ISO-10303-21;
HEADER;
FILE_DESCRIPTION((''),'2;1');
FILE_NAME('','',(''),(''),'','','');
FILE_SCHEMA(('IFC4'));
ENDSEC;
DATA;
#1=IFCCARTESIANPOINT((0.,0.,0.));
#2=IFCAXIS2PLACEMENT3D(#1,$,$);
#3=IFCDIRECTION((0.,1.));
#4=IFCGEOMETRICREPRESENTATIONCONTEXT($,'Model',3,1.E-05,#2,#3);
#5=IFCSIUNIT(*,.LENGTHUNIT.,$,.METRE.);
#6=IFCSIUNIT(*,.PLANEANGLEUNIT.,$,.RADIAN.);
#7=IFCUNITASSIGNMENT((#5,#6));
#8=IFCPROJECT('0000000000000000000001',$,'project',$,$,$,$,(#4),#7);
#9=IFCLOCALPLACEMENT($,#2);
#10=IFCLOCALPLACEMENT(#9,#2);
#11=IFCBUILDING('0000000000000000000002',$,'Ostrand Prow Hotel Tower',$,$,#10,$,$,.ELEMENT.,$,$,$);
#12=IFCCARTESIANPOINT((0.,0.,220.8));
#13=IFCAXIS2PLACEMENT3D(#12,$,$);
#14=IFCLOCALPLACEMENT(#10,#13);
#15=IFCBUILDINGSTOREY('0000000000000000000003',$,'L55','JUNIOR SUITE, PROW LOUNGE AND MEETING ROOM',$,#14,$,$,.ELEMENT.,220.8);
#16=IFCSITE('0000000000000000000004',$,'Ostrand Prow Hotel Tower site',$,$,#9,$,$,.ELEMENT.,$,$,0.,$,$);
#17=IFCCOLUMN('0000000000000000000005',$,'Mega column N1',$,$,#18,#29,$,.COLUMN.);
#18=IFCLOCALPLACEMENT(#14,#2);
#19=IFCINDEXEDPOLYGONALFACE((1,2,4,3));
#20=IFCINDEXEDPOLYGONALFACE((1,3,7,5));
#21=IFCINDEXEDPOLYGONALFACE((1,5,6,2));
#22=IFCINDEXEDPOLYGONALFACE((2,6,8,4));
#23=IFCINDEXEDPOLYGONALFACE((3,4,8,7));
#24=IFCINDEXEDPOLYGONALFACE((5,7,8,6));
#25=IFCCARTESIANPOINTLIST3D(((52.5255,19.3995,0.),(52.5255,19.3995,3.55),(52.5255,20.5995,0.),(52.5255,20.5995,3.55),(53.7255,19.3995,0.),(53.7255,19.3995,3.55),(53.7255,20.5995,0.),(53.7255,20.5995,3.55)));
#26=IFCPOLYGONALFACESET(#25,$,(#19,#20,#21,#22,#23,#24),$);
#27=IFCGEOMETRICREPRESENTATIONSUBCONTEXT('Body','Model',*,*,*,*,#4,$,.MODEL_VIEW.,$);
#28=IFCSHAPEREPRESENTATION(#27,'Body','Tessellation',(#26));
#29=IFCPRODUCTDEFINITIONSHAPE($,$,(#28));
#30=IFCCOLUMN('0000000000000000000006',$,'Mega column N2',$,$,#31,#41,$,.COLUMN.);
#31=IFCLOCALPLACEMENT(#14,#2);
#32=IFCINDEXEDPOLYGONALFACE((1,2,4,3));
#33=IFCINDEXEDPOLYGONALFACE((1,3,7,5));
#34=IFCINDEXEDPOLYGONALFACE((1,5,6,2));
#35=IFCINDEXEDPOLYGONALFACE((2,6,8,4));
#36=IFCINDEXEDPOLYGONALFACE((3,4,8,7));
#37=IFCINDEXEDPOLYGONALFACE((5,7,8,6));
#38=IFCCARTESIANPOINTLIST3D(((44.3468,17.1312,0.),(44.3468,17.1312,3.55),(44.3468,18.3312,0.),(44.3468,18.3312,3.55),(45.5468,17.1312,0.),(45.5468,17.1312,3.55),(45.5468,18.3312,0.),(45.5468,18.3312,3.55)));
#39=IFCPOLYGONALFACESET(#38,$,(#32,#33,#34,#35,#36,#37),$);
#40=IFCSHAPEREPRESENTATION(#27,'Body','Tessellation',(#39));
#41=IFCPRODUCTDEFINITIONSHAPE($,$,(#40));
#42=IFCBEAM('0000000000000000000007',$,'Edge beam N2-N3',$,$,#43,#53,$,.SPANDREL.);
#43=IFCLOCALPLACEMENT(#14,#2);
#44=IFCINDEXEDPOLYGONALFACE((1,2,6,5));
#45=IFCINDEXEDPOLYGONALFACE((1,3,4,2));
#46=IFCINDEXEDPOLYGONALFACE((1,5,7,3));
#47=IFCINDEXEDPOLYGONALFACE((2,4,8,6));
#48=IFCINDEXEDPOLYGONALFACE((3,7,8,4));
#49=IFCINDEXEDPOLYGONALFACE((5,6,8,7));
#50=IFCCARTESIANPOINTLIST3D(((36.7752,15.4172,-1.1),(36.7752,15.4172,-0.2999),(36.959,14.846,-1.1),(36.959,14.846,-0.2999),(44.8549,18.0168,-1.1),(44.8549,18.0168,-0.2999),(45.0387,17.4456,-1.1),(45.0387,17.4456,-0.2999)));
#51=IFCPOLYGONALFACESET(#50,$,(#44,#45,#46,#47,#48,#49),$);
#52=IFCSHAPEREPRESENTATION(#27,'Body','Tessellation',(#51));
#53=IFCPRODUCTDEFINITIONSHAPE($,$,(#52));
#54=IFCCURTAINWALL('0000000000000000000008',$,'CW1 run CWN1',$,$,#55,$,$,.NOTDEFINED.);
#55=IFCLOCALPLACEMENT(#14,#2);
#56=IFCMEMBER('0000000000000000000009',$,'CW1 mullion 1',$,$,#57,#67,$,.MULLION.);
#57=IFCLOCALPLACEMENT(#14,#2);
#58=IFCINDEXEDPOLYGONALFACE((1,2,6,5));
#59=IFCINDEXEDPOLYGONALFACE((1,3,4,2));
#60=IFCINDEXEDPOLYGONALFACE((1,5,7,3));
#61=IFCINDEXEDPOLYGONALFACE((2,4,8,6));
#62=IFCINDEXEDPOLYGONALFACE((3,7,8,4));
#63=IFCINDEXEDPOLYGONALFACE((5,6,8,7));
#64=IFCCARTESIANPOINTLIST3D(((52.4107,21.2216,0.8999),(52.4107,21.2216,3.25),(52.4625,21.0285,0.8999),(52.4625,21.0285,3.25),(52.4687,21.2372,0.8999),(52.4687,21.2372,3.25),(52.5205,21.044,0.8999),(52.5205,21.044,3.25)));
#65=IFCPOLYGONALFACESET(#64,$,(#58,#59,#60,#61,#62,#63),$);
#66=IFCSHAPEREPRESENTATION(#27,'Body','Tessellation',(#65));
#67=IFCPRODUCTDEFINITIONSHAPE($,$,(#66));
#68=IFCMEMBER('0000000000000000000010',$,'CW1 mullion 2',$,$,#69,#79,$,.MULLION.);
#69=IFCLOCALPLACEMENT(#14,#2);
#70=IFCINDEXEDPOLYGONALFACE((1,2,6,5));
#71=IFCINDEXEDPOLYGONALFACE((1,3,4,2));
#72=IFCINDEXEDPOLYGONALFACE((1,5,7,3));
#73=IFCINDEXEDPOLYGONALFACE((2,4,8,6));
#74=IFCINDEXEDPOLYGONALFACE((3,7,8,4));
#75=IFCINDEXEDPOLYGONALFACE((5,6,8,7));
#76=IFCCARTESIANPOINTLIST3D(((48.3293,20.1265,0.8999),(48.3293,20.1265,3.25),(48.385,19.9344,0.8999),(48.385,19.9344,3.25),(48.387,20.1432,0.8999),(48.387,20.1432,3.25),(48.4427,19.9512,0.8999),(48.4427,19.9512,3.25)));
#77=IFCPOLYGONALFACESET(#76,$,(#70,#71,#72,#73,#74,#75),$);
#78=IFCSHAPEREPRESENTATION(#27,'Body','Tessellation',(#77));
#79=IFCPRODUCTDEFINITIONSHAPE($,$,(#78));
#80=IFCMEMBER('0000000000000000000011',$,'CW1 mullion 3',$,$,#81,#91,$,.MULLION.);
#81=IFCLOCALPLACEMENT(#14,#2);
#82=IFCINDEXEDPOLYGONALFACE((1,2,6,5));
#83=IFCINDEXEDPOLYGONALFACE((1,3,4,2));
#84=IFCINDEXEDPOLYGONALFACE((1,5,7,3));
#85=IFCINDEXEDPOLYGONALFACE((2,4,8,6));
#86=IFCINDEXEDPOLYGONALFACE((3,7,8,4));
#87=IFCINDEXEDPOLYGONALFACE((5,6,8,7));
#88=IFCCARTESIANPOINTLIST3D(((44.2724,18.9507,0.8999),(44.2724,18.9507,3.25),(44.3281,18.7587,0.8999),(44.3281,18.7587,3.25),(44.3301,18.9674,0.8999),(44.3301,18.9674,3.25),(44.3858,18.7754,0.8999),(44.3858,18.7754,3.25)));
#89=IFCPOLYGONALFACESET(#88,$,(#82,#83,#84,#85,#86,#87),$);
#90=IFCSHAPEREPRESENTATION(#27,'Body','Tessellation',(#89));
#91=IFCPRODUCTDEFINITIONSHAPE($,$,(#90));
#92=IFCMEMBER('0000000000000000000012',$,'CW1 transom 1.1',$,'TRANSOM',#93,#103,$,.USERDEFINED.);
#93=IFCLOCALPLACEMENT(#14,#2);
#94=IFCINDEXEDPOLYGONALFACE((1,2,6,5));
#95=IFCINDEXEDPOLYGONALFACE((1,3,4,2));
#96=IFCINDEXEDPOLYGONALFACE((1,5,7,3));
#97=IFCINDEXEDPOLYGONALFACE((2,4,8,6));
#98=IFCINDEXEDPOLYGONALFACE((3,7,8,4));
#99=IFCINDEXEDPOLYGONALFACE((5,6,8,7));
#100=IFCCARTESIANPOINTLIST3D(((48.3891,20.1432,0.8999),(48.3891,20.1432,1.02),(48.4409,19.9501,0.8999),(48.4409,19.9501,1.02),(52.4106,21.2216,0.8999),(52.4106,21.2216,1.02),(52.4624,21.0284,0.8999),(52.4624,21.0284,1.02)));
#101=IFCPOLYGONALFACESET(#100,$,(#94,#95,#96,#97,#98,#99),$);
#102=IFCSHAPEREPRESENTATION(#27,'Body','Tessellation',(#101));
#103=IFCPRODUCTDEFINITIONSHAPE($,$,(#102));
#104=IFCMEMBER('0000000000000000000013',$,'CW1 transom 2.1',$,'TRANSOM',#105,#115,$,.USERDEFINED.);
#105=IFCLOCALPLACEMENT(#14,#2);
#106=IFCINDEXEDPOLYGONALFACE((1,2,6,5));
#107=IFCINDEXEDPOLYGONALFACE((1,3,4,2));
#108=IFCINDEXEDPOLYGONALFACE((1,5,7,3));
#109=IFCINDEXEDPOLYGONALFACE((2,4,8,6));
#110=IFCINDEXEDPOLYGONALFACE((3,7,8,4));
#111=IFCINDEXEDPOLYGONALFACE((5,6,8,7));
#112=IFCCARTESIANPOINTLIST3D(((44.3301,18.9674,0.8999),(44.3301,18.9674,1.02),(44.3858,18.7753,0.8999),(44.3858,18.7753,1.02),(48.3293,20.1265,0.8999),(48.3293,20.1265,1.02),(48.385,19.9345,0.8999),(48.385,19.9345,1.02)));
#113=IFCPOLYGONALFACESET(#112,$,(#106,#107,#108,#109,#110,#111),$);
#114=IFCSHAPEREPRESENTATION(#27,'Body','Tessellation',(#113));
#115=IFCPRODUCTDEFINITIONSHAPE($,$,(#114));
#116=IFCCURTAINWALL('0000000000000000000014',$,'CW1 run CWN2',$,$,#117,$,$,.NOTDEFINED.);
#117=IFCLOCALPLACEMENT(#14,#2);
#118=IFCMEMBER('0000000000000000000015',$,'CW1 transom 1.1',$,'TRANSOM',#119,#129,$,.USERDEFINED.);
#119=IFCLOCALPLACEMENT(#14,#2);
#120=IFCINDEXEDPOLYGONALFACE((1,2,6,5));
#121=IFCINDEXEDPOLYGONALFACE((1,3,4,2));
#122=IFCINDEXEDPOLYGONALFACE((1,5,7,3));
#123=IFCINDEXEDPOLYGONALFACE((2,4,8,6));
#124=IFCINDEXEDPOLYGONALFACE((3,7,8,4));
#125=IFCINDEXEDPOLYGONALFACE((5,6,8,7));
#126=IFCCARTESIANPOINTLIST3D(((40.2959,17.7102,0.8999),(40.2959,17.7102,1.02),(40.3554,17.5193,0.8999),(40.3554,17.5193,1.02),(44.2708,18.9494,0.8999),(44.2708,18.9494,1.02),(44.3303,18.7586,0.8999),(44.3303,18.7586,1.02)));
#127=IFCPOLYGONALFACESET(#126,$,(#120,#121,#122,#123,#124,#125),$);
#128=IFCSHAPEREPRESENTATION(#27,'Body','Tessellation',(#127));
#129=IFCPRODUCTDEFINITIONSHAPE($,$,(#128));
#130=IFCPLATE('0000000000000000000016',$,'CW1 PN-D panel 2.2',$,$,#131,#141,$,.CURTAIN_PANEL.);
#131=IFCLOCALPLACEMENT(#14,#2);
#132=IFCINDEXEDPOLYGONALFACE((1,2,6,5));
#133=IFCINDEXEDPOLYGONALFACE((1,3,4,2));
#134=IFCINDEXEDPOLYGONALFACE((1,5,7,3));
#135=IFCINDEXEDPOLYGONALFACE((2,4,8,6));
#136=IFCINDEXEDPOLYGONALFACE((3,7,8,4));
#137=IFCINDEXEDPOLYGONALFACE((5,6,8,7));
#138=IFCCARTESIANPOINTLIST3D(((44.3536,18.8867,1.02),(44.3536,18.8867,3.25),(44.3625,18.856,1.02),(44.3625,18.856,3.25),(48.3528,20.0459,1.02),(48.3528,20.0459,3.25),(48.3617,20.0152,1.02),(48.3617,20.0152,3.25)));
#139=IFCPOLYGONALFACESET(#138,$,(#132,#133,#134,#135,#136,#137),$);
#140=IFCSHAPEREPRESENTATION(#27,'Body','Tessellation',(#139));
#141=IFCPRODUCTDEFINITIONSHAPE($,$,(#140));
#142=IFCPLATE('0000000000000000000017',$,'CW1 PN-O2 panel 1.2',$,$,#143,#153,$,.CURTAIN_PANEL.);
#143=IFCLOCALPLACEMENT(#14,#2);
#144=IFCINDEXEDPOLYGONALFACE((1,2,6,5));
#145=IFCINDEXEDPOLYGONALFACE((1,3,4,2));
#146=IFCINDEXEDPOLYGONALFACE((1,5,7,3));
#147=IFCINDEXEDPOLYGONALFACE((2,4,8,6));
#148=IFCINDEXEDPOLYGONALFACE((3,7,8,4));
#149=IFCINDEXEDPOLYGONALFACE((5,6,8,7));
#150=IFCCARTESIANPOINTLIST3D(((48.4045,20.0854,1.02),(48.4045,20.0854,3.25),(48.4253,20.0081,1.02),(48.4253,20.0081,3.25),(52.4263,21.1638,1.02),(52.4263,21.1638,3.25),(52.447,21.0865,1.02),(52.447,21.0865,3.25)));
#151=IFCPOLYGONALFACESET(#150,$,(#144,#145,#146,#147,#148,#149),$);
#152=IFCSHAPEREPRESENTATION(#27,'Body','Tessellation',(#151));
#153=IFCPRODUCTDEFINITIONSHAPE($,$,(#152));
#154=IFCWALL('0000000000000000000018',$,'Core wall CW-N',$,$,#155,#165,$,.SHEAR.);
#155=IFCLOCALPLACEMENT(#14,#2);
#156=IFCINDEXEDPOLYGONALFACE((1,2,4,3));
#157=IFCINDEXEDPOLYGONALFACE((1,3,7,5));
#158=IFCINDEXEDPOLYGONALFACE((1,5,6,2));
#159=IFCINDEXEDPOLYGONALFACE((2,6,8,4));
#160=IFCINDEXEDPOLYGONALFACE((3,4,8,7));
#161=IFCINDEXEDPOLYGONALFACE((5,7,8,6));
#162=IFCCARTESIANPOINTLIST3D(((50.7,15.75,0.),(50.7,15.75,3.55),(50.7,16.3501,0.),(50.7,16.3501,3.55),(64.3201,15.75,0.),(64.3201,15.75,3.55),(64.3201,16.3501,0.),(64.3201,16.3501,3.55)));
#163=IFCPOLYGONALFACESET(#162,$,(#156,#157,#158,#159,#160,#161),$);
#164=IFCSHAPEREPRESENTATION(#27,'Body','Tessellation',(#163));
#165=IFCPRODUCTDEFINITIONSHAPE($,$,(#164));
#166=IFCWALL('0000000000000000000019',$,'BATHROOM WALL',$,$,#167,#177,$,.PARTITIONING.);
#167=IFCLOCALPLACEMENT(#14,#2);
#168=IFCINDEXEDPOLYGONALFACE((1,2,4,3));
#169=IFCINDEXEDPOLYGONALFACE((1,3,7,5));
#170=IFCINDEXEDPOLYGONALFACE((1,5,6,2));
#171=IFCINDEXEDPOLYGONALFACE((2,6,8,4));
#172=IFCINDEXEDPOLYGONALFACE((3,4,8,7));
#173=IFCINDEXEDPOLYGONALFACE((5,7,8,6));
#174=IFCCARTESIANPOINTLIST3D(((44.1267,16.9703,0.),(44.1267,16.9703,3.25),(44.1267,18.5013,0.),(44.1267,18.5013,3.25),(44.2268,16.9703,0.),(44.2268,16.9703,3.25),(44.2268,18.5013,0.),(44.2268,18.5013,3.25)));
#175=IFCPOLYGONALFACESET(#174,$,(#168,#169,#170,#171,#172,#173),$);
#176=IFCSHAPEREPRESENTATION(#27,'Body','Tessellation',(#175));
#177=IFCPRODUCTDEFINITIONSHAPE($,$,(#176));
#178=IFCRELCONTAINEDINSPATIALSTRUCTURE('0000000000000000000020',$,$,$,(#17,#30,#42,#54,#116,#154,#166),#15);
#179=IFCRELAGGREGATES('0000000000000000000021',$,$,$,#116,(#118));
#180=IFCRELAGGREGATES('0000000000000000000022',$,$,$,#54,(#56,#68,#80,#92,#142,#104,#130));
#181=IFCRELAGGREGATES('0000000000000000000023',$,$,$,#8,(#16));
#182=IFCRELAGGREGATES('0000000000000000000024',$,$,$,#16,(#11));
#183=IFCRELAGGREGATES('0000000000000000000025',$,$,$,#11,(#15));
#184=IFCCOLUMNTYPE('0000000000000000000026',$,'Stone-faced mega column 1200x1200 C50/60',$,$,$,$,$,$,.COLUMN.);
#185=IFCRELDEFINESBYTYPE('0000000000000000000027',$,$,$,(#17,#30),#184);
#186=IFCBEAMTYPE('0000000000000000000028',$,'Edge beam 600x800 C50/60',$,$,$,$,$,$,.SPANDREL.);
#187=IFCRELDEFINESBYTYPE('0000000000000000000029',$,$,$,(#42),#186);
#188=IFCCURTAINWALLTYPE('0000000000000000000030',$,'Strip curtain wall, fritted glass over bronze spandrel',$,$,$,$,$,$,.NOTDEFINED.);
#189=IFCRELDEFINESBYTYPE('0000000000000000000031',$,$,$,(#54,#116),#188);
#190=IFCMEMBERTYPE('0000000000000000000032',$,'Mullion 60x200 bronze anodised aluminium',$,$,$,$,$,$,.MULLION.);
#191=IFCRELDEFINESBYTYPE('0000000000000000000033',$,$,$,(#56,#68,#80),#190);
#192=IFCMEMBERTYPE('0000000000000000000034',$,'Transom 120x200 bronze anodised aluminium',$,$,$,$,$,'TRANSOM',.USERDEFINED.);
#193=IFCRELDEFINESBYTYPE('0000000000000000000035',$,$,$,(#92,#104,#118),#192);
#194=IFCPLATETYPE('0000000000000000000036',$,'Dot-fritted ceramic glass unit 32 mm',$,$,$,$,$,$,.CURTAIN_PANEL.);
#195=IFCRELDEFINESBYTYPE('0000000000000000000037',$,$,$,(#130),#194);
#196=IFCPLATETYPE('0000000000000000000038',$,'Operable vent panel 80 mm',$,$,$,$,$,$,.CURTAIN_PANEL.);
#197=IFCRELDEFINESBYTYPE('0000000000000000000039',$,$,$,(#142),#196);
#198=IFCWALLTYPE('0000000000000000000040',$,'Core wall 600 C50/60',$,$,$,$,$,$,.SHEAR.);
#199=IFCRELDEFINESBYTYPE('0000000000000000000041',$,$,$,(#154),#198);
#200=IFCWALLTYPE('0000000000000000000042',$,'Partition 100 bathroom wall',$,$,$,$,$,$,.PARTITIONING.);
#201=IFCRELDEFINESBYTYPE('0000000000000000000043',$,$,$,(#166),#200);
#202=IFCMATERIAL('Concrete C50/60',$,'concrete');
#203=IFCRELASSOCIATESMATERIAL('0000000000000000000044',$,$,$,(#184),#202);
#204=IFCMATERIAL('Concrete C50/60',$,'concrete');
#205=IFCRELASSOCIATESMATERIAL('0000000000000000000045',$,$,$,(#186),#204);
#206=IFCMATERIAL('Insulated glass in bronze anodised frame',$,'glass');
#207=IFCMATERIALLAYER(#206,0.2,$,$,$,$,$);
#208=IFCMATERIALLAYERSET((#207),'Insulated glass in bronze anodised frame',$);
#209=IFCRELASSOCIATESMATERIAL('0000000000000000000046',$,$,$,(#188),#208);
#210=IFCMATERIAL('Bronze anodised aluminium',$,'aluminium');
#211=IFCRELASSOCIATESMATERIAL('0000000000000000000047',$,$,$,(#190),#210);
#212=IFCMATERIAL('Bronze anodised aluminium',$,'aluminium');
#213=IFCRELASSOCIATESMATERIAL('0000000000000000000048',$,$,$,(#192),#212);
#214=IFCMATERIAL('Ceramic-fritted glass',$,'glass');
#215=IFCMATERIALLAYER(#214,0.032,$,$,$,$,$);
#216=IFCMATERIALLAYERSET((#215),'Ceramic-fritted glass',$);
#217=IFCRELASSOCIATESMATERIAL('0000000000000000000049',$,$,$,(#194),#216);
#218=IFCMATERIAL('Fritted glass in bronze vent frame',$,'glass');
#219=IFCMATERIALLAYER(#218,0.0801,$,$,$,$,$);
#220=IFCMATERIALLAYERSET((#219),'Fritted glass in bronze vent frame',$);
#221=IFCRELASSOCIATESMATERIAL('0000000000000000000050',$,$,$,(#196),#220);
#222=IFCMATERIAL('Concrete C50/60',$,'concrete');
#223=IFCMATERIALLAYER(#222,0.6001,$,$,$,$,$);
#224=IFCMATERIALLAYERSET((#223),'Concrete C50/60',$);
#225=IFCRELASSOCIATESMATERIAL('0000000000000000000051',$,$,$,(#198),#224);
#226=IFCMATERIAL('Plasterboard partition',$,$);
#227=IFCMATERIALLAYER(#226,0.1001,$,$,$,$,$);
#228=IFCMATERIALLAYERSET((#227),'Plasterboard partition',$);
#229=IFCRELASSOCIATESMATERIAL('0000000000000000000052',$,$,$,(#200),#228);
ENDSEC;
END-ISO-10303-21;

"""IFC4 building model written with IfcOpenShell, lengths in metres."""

from ifc_helpers import new_model, si_unit, direction, frame, frame_2d, origin, origin_2d, place, context, subcontext, project, spatial, rectangle, extrude, material, layer, layer_set, material_profile, profile_set, type_object, element, aggregate, save


model = new_model("IFC4")

# Units and contexts
model_context = context("Model", 3, precision=1e-05, world=origin(), true_north=direction((0.0, 1.0)))
body_context = subcontext(model_context, "Body", "Model", "MODEL_VIEW")
ifc_project = project(units=[si_unit("LENGTHUNIT", "METRE"), si_unit("PLANEANGLEUNIT", "RADIAN")], contexts=[model_context])

# Site, building, storey
site_placement = place(None, origin())
site = spatial("IfcSite", under=ifc_project, at=site_placement, Name="Ostrand Prow Hotel Tower site", CompositionType="ELEMENT", RefElevation=0.0)
building_placement = place(site_placement, origin())
building = spatial("IfcBuilding", under=site, at=building_placement, Name="Ostrand Prow Hotel Tower", CompositionType="ELEMENT")
storey_placement = place(building_placement, frame((0.0, 0.0, 220.8)))
storey = spatial("IfcBuildingStorey", under=building, at=storey_placement, Name="L55", Description="JUNIOR SUITE, PROW LOUNGE AND MEETING ROOM", CompositionType="ELEMENT", Elevation=220.8)

# Columns
ifc_material_1 = material(Name="Concrete C50/60", Category="concrete")
ifc_material_profile_1 = material_profile(ifc_material_1, rectangle(XDim=1.2, YDim=1.2, at=origin_2d()), Name="RC 1200x1200")
ifc_profile_set_1 = profile_set([ifc_material_profile_1], Name="Concrete C50/60")
column_type = type_object("IfcColumnType", Name="Stone-faced mega column 1200x1200 C50/60", PredefinedType="COLUMN", material=ifc_profile_set_1)
for number, where, z_axis, x_axis, name in (
    (1, (53.1255, 19.9995, 0.0), (0.0, 0.0, 1.0), (1.0, 0.0, 0.0), "Mega column N1"),
    (2, (44.9468, 17.7312, 0.0), (0.0, 0.0, 1.0), (1.0, 0.0, 0.0), "Mega column N2"),
):
    element("IfcColumn", number, at=place(storey_placement, frame(where, z_axis=z_axis, x_axis=x_axis)), inside=storey, type_object=column_type, Name=name, PredefinedType="COLUMN", context=body_context, shape_type="SweptSolid", body=[
        extrude(rectangle(XDim=1.2, YDim=1.2, at=origin_2d()), origin(), (0.0, 0.0, 1.0), 3.55),
    ])

# Beam
ifc_material_2 = material(Name="Concrete C50/60", Category="concrete")
ifc_material_profile_2 = material_profile(ifc_material_2, rectangle(XDim=0.6001, YDim=0.8, at=origin_2d()), Name="RC 600x800")
ifc_profile_set_2 = profile_set([ifc_material_profile_2], Name="Concrete C50/60")
beam_type = type_object("IfcBeamType", Name="Edge beam 600x800 C50/60", PredefinedType="SPANDREL", material=ifc_profile_set_2)
beam_placement = place(storey_placement, frame((44.9468, 17.7312, -0.7), z_axis=(-0.951939, -0.306287, 0.0), x_axis=(0.306287, -0.951939, 0.0)))
element("IfcBeam", 3, at=beam_placement, inside=storey, type_object=beam_type, Name="Edge beam N2-N3", PredefinedType="SPANDREL", context=body_context, shape_type="SweptSolid", body=[
    extrude(rectangle(XDim=0.6001, YDim=0.8, at=origin_2d()), origin(), (0.0, 0.0, 1.0), 8.4875),
])

# Curtain wall, members
ifc_material_3 = material(Name="Insulated glass in bronze anodised frame", Category="glass")
ifc_layer_1 = layer(ifc_material_3, 0.2)
ifc_layer_set_1 = layer_set([ifc_layer_1], Name="Insulated glass in bronze anodised frame")
curtain_wall_type = type_object("IfcCurtainWallType", Name="Strip curtain wall, fritted glass over bronze spandrel", PredefinedType="NOTDEFINED", material=ifc_layer_set_1)
curtain_wall_1_placement = place(storey_placement, origin())
curtain_wall_1 = element("IfcCurtainWall", 4, at=curtain_wall_1_placement, inside=storey, type_object=curtain_wall_type, Name="CW1 run CWN1", PredefinedType="NOTDEFINED")
ifc_material_4 = material(Name="Bronze anodised aluminium", Category="aluminium")
ifc_material_profile_3 = material_profile(ifc_material_4, rectangle(XDim=0.2, YDim=0.0601, at=origin_2d()), Name="Mullion 60x200 bronze anodised aluminium")
ifc_profile_set_3 = profile_set([ifc_material_profile_3], Name="Bronze anodised aluminium")
member_type_1 = type_object("IfcMemberType", Name="Mullion 60x200 bronze anodised aluminium", PredefinedType="MULLION", material=ifc_profile_set_3)
member_1_placement = place(storey_placement, frame((52.4656, 21.1328, 0.8999), z_axis=(0.0, 0.0, 1.0), x_axis=(0.258994, -0.965879, 0.0)))
member_1 = element("IfcMember", 5, at=member_1_placement, type_object=member_type_1, Name="CW1 mullion 1", PredefinedType="MULLION", context=body_context, shape_type="SweptSolid", body=[
    extrude(rectangle(XDim=0.2, YDim=0.0601, at=origin_2d()), origin(), (0.0, 0.0, 1.0), 2.3501),
])
member_2_placement = place(storey_placement, frame((48.386, 20.0388, 0.8999), z_axis=(0.0, 0.0, 1.0), x_axis=(0.278393, -0.960467, 0.0)))
member_2 = element("IfcMember", 6, at=member_2_placement, type_object=member_type_1, Name="CW1 mullion 2", PredefinedType="MULLION", context=body_context, shape_type="SweptSolid", body=[
    extrude(rectangle(XDim=0.2, YDim=0.0601, at=origin_2d()), origin(), (0.0, 0.0, 1.0), 2.3501),
])
member_3_placement = place(storey_placement, frame((44.3291, 18.863, 0.8999), z_axis=(0.0, 0.0, 1.0), x_axis=(0.278393, -0.960467, 0.0)))
member_3 = element("IfcMember", 7, at=member_3_placement, type_object=member_type_1, Name="CW1 mullion 3", PredefinedType="MULLION", context=body_context, shape_type="SweptSolid", body=[
    extrude(rectangle(XDim=0.2, YDim=0.0601, at=origin_2d()), origin(), (0.0, 0.0, 1.0), 2.3501),
])
ifc_material_5 = material(Name="Bronze anodised aluminium", Category="aluminium")
ifc_material_profile_4 = material_profile(ifc_material_5, rectangle(XDim=0.2, YDim=0.1201, at=origin_2d()), Name="Transom 120x200 bronze anodised aluminium")
ifc_profile_set_4 = profile_set([ifc_material_profile_4], Name="Bronze anodised aluminium")
member_type_2 = type_object("IfcMemberType", Name="Transom 120x200 bronze anodised aluminium", ElementType="TRANSOM", PredefinedType="USERDEFINED", material=ifc_profile_set_4)
member_4_placement = place(storey_placement, frame((52.4365, 21.125, 0.96), z_axis=(-0.965877, -0.259002, 0.0), x_axis=(0.259002, -0.965877, 0.0)))
member_4 = element("IfcMember", 8, at=member_4_placement, type_object=member_type_2, Name="CW1 transom 1.1", ObjectType="TRANSOM", PredefinedType="USERDEFINED", context=body_context, shape_type="SweptSolid", body=[
    extrude(rectangle(XDim=0.2, YDim=0.1201, at=origin_2d()), origin(), (0.0, 0.0, 1.0), 4.1636),
])
member_5_placement = place(storey_placement, frame((48.3572, 20.0305, 0.96), z_axis=(-0.960468, -0.27839, 0.0), x_axis=(0.27839, -0.960468, 0.0)))
member_5 = element("IfcMember", 9, at=member_5_placement, type_object=member_type_2, Name="CW1 transom 2.1", ObjectType="TRANSOM", PredefinedType="USERDEFINED", context=body_context, shape_type="SweptSolid", body=[
    extrude(rectangle(XDim=0.2, YDim=0.1201, at=origin_2d()), origin(), (0.0, 0.0, 1.0), 4.1638),
])

# Curtain wall, member
curtain_wall_2_placement = place(storey_placement, origin())
curtain_wall_2 = element("IfcCurtainWall", 10, at=curtain_wall_2_placement, inside=storey, type_object=curtain_wall_type, Name="CW1 run CWN2", PredefinedType="NOTDEFINED")
member_6_placement = place(storey_placement, frame((44.3005, 18.854, 0.96), z_axis=(-0.954677, -0.297644, 0.0), x_axis=(0.297644, -0.954677, 0.0)))
member_6 = element("IfcMember", 11, at=member_6_placement, type_object=member_type_2, Name="CW1 transom 1.1", ObjectType="TRANSOM", PredefinedType="USERDEFINED", context=body_context, shape_type="SweptSolid", body=[
    extrude(rectangle(XDim=0.2, YDim=0.1201, at=origin_2d()), origin(), (0.0, 0.0, 1.0), 4.1636),
])
aggregate(curtain_wall_2, [member_6])

# Plates
ifc_material_6 = material(Name="Ceramic-fritted glass", Category="glass")
ifc_layer_2 = layer(ifc_material_6, 0.032)
ifc_layer_set_2 = layer_set([ifc_layer_2], Name="Ceramic-fritted glass")
plate_type_1 = type_object("IfcPlateType", Name="Dot-fritted ceramic glass unit 32 mm", PredefinedType="CURTAIN_PANEL", material=ifc_layer_set_2)
plate_1_placement = place(storey_placement, frame((46.3577, 19.4509, 1.02), z_axis=(0.0, 0.0, 1.0), x_axis=(-0.960467, -0.278393, 0.0)))
plate_1 = element("IfcPlate", 12, at=plate_1_placement, type_object=plate_type_1, Name="CW1 PN-D panel 2.2", PredefinedType="CURTAIN_PANEL", context=body_context, shape_type="SweptSolid", body=[
    extrude(rectangle(XDim=4.1638, YDim=0.032, at=origin_2d()), origin(), (0.0, 0.0, 1.0), 2.23),
])
ifc_material_7 = material(Name="Fritted glass in bronze vent frame", Category="glass")
ifc_layer_3 = layer(ifc_material_7, 0.0801)
ifc_layer_set_3 = layer_set([ifc_layer_3], Name="Fritted glass in bronze vent frame")
plate_type_2 = type_object("IfcPlateType", Name="Operable vent panel 80 mm", PredefinedType="CURTAIN_PANEL", material=ifc_layer_set_3)
plate_2_placement = place(storey_placement, frame((50.4258, 20.5859, 1.02), z_axis=(0.0, 0.0, 1.0), x_axis=(-0.965879, -0.258994, 0.0)))
plate_2 = element("IfcPlate", 13, at=plate_2_placement, type_object=plate_type_2, Name="CW1 PN-O2 panel 1.2", PredefinedType="CURTAIN_PANEL", context=body_context, shape_type="SweptSolid", body=[
    extrude(rectangle(XDim=4.1638, YDim=0.0801, at=origin_2d()), origin(), (0.0, 0.0, 1.0), 2.23),
])
aggregate(curtain_wall_1, [member_1, member_2, member_3, member_4, plate_2, member_5, plate_1])

# Walls
ifc_material_8 = material(Name="Concrete C50/60", Category="concrete")
ifc_layer_4 = layer(ifc_material_8, 0.6001)
ifc_layer_set_4 = layer_set([ifc_layer_4], Name="Concrete C50/60")
wall_type_1 = type_object("IfcWallType", Name="Core wall 600 C50/60", PredefinedType="SHEAR", material=ifc_layer_set_4)
wall_1_placement = place(storey_placement, frame((50.7, 16.05, 0.0), z_axis=(0.0, 0.0, 1.0), x_axis=(1.0, 0.0, 0.0)))
element("IfcWall", 14, at=wall_1_placement, inside=storey, type_object=wall_type_1, Name="Core wall CW-N", PredefinedType="SHEAR", context=body_context, shape_type="SweptSolid", body=[
    extrude(rectangle(XDim=13.6201, YDim=0.6001, at=frame_2d((6.8101, 0.0))), origin(), (0.0, 0.0, 1.0), 3.55),
])
ifc_material_9 = material(Name="Plasterboard partition")
ifc_layer_5 = layer(ifc_material_9, 0.1001)
ifc_layer_set_5 = layer_set([ifc_layer_5], Name="Plasterboard partition")
wall_type_2 = type_object("IfcWallType", Name="Partition 100 bathroom wall", PredefinedType="PARTITIONING", material=ifc_layer_set_5)
wall_2_placement = place(storey_placement, frame((44.1768, 16.9702, 0.0), z_axis=(0.0, 0.0, 1.0), x_axis=(0.0, 1.0, 0.0)))
element("IfcWall", 15, at=wall_2_placement, inside=storey, type_object=wall_type_2, Name="BATHROOM WALL", PredefinedType="PARTITIONING", context=body_context, shape_type="SweptSolid", body=[
    extrude(rectangle(XDim=1.531, YDim=0.1001, at=frame_2d((0.7656, 0.0))), origin(), (0.0, 0.0, 1.0), 3.25),
])

save(model, "model.ifc")
